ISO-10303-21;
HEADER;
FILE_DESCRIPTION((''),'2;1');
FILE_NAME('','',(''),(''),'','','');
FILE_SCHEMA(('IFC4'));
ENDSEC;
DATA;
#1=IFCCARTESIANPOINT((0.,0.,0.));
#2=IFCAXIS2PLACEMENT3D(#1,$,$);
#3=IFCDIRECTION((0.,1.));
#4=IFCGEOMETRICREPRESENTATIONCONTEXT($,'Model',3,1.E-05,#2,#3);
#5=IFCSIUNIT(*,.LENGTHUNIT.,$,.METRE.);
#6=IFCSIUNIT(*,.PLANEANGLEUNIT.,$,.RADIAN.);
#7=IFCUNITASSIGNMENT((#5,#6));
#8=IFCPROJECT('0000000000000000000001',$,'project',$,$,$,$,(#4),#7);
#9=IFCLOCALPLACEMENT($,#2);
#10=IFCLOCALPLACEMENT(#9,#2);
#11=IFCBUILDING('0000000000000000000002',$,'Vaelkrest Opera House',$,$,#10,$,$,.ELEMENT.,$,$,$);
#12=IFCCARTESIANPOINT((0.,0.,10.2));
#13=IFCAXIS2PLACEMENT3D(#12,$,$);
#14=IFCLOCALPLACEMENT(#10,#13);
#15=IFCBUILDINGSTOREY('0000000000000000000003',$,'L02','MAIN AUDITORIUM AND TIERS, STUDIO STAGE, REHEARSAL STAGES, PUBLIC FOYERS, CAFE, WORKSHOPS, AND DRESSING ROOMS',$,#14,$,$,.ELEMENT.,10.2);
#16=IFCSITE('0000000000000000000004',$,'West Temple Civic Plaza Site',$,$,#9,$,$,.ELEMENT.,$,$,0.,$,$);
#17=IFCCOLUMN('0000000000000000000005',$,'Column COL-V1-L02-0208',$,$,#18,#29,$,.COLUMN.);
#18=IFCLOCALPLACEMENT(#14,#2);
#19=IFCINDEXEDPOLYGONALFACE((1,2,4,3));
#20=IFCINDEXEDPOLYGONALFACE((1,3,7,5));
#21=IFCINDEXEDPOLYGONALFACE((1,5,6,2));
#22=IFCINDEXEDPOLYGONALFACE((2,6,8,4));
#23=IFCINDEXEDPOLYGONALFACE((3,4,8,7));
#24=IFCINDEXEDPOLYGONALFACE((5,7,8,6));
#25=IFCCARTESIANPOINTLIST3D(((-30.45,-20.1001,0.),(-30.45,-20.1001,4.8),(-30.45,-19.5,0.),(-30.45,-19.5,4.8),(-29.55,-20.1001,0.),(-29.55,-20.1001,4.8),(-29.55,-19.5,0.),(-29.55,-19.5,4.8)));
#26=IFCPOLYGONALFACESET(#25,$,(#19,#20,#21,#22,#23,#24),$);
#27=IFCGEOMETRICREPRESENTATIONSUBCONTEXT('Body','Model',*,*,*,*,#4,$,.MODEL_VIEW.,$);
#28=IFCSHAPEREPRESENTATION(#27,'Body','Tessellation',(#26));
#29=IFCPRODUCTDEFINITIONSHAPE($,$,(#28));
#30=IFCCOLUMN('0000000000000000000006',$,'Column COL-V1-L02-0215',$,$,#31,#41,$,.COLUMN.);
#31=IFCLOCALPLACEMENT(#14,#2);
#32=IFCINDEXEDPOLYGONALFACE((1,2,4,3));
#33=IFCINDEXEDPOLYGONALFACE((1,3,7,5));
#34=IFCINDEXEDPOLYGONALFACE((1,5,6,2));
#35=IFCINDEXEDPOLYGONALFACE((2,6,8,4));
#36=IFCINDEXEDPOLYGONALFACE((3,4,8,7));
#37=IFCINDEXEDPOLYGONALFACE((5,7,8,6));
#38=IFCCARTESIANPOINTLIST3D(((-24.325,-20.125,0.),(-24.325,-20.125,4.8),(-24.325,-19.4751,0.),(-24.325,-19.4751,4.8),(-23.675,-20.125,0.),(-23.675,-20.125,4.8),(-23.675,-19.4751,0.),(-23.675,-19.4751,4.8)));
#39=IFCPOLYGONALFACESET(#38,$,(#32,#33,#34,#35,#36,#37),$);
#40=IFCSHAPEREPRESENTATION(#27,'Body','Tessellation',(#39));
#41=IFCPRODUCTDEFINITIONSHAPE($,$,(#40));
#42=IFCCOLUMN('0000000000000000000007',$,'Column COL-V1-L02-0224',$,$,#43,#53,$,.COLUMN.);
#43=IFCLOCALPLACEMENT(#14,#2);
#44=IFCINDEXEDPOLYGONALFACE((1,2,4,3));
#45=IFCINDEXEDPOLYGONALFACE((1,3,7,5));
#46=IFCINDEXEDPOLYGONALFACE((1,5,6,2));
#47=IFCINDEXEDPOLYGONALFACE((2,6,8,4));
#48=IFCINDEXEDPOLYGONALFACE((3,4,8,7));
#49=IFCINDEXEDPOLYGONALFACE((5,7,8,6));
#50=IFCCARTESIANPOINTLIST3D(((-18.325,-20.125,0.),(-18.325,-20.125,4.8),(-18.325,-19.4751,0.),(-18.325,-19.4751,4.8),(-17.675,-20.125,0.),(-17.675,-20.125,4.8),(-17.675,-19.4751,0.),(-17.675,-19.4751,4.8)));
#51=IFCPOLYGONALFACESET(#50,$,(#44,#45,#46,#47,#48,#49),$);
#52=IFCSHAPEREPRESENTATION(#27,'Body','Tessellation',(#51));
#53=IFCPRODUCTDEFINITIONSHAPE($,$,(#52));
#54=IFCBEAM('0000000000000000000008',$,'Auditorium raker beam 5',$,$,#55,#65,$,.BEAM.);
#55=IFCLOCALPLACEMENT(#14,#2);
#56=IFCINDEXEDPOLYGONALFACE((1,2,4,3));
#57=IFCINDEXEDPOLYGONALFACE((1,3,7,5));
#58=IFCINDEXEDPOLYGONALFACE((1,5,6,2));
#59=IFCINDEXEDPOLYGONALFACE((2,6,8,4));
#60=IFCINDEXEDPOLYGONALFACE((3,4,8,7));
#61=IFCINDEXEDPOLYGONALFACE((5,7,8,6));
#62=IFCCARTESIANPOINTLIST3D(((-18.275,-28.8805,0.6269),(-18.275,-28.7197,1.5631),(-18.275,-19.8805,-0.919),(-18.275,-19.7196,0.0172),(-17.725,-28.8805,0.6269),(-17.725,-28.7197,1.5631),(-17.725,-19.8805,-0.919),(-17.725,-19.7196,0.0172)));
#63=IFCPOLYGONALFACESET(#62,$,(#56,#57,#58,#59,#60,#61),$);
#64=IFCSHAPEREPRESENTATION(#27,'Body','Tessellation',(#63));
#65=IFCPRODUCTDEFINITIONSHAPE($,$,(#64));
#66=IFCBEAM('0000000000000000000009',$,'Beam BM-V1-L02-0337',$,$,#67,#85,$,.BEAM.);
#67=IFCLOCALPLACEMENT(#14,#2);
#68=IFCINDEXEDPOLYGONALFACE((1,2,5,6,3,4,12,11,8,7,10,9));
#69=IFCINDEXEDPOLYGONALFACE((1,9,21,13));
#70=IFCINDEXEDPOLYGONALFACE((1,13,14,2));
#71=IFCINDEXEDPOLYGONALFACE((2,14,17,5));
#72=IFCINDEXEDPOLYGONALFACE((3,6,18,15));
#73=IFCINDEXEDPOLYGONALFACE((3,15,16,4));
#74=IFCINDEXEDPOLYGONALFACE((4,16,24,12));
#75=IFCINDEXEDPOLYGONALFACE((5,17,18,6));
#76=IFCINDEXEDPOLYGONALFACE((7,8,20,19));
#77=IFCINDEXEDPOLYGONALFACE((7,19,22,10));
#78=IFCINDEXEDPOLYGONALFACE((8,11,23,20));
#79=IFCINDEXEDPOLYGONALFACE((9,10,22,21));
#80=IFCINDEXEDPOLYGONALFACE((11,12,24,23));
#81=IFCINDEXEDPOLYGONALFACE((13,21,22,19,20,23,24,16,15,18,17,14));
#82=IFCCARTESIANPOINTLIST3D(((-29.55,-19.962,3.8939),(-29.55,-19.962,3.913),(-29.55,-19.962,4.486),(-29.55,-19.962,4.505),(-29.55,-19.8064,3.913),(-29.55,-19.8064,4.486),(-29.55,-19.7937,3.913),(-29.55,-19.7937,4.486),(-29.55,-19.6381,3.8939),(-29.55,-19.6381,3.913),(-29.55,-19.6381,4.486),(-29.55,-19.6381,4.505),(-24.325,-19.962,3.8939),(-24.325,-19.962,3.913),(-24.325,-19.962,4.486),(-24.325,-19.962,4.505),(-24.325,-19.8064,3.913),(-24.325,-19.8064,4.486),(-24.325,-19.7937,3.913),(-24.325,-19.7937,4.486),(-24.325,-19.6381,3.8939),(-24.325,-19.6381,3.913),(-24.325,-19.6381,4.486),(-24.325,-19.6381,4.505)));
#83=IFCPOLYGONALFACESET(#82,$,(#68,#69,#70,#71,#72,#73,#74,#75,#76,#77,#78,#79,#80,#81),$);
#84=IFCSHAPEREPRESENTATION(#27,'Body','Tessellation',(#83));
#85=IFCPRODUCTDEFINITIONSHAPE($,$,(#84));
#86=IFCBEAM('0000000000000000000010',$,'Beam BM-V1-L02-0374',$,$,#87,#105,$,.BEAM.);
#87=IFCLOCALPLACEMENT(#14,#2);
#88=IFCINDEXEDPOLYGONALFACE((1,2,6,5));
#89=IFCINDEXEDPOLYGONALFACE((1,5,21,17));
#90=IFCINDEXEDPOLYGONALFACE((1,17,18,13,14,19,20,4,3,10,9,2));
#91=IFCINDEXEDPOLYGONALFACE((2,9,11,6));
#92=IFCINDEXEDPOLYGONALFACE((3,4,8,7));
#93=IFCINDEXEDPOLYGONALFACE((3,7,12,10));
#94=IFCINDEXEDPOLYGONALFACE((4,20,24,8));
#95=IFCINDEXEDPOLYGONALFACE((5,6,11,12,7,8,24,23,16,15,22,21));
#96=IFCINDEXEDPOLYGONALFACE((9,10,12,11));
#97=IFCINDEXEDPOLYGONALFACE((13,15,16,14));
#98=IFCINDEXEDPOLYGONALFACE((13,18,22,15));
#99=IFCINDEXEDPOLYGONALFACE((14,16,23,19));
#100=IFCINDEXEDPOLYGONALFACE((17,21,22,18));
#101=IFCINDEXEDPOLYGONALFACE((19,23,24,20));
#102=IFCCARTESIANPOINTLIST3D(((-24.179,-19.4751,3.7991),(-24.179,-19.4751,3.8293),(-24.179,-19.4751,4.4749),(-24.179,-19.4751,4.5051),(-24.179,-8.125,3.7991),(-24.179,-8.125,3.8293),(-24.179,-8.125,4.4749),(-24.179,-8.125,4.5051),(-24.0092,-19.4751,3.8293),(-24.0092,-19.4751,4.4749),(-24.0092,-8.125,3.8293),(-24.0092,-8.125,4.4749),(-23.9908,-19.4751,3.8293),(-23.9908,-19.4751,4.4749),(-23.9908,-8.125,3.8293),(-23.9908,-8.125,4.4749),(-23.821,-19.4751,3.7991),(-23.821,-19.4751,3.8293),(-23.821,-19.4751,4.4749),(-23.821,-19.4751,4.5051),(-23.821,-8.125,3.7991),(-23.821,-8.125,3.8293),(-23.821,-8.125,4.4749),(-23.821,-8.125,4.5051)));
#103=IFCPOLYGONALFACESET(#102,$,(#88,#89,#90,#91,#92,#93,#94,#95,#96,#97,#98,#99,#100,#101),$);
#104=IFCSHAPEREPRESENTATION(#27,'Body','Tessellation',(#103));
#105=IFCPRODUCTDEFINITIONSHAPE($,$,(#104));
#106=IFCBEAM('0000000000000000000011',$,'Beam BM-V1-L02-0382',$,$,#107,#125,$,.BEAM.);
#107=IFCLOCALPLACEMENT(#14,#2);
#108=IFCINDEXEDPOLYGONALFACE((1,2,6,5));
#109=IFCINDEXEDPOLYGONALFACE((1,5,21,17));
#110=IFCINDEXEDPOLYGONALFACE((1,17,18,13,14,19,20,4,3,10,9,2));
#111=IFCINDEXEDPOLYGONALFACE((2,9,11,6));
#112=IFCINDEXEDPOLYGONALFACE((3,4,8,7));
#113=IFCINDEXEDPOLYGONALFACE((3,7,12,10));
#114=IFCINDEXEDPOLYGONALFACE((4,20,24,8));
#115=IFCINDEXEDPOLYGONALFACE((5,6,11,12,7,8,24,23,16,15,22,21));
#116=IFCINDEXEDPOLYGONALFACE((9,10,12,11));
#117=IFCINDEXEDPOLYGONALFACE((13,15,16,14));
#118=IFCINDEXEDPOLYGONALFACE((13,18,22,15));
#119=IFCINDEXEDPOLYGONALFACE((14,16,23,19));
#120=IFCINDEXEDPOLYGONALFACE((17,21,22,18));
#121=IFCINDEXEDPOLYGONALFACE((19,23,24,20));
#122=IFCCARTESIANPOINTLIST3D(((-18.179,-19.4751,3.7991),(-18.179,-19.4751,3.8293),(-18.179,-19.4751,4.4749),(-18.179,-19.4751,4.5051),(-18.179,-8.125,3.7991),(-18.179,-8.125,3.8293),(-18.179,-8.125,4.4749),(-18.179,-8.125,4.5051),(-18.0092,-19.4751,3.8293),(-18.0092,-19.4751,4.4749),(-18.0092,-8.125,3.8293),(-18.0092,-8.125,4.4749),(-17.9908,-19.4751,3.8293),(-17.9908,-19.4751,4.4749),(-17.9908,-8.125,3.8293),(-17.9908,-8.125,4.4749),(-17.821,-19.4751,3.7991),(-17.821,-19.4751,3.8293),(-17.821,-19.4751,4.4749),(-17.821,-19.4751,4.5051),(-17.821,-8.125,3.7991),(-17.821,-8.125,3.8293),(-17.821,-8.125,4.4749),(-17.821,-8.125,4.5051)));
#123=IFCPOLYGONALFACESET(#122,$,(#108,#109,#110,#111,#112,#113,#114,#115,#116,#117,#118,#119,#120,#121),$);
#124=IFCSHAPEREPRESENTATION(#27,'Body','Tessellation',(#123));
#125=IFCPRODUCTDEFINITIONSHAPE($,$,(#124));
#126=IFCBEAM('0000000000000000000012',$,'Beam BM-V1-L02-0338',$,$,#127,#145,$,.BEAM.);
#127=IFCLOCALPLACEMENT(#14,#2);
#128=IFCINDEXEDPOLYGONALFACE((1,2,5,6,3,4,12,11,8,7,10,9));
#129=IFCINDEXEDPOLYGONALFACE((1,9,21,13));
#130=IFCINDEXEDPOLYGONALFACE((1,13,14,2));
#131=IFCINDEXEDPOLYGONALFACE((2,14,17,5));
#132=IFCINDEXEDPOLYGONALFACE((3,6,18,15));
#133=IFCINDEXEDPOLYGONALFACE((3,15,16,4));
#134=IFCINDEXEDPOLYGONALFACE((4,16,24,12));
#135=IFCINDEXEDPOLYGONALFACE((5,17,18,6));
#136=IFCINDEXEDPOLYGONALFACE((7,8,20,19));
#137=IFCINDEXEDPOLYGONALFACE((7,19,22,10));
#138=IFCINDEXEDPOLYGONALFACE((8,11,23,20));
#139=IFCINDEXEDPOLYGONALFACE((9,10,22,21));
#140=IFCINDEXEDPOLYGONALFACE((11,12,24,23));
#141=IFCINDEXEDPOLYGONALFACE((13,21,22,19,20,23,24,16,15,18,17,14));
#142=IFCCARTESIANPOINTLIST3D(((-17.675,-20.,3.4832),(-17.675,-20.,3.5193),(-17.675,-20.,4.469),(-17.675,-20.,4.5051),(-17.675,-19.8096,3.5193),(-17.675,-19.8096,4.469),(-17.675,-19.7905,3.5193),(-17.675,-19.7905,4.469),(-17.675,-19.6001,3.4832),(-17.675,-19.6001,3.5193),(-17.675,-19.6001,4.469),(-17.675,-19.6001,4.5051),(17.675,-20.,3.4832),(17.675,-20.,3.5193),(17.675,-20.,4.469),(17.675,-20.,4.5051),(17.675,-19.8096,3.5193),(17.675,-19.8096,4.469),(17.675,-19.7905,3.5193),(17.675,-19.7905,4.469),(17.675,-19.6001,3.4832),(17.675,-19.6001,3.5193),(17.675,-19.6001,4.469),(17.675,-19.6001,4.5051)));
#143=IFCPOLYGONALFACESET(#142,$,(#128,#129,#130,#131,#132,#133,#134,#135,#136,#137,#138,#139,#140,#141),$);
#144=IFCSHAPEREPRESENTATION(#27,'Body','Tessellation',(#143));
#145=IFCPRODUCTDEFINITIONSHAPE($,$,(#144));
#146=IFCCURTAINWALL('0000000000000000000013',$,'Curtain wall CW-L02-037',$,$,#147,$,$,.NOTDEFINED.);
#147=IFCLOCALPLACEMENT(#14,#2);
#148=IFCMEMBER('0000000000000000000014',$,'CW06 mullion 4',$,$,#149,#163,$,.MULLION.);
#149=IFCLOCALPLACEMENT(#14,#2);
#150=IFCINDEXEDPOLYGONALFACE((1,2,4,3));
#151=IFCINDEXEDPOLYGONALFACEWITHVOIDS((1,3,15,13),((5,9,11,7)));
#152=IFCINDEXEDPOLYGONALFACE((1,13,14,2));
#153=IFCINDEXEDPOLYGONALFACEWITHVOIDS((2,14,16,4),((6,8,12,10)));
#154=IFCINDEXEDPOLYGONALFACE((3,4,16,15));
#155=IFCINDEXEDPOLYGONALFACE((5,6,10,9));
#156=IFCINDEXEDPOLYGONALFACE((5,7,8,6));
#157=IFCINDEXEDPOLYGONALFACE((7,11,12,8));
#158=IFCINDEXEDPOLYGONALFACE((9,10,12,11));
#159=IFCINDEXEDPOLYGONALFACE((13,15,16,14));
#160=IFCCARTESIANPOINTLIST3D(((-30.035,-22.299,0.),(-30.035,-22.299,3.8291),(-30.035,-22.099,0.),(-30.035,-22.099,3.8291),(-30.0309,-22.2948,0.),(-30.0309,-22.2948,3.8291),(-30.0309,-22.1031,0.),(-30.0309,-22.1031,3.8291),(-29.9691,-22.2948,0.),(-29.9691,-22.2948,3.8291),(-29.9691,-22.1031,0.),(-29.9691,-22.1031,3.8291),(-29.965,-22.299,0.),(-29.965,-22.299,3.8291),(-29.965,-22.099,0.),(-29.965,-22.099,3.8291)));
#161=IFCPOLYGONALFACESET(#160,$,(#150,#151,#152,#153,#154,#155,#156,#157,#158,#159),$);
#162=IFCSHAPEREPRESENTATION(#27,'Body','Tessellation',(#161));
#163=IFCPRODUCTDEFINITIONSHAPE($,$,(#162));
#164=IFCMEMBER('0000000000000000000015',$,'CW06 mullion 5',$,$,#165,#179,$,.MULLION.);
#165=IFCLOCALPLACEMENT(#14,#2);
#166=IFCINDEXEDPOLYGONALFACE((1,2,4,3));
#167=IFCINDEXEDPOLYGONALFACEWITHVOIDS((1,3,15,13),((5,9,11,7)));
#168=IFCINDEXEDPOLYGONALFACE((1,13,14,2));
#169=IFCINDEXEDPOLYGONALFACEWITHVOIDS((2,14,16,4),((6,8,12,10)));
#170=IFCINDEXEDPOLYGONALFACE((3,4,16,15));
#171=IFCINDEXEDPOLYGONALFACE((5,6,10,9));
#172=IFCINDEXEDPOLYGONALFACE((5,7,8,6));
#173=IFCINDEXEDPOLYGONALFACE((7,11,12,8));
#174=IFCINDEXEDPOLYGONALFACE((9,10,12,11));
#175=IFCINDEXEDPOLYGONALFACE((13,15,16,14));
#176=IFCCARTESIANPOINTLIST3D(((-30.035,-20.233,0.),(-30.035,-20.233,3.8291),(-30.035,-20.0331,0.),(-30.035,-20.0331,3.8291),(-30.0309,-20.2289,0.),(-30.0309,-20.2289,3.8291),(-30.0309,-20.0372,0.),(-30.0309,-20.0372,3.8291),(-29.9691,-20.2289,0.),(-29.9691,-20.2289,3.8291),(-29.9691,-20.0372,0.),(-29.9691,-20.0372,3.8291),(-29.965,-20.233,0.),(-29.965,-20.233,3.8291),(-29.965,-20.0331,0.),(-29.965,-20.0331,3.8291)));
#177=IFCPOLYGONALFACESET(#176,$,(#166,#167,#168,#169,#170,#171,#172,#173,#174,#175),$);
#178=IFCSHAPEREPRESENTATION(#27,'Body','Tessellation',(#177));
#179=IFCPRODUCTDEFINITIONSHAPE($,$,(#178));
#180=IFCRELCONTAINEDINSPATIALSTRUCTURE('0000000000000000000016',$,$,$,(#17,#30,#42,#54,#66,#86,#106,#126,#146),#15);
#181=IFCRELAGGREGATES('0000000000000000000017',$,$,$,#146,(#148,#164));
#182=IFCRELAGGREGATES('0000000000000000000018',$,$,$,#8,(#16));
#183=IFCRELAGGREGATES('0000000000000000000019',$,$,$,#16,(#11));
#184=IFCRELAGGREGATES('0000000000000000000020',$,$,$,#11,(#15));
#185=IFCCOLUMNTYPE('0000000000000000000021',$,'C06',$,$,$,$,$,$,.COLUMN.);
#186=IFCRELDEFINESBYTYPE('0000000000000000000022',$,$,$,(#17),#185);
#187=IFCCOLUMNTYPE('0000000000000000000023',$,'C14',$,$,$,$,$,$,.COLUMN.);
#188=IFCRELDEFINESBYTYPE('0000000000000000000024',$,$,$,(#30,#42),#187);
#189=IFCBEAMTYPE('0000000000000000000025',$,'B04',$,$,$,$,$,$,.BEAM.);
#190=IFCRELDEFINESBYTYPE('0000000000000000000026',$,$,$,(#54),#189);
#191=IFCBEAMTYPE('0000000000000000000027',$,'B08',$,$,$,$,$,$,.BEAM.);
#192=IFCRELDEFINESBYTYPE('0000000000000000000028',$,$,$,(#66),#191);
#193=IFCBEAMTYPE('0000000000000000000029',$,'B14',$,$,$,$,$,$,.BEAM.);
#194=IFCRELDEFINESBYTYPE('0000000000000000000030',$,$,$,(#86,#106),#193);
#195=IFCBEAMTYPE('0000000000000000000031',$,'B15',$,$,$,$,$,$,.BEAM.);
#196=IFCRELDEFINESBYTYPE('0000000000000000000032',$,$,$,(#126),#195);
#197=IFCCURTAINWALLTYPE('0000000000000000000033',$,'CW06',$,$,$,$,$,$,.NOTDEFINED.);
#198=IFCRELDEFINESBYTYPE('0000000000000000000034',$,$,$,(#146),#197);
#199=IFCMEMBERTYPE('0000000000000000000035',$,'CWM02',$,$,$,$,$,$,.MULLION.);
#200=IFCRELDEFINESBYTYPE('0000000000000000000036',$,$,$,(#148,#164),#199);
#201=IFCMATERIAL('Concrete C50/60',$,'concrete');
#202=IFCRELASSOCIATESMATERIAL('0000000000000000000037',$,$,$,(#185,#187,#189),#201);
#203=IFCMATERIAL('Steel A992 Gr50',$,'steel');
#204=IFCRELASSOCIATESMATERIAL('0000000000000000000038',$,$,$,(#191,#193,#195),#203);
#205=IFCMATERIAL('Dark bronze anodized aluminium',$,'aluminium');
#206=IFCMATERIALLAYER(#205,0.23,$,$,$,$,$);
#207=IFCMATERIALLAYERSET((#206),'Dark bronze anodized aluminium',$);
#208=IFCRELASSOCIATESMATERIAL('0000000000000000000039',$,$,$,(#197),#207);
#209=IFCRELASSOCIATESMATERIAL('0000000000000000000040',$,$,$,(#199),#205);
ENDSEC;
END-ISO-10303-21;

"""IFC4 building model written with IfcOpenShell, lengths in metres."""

from ifc_helpers import new_model, si_unit, direction, frame, origin, origin_2d, place, context, subcontext, project, spatial, rectangle, hollow_rectangle, i_section, extrude, material, layer, layer_set, material_profile, profile_set, type_object, element, aggregate, save


model = new_model("IFC4")

# Units and contexts
model_context = context("Model", 3, precision=1e-05, world=origin(), true_north=direction((0.0, 1.0)))
body_context = subcontext(model_context, "Body", "Model", "MODEL_VIEW")
ifc_project = project(units=[si_unit("LENGTHUNIT", "METRE"), si_unit("PLANEANGLEUNIT", "RADIAN")], contexts=[model_context])

# Site, building, storey
site_placement = place(None, origin())
site = spatial("IfcSite", under=ifc_project, at=site_placement, Name="West Temple Civic Plaza Site", CompositionType="ELEMENT", RefElevation=0.0)
building_placement = place(site_placement, origin())
building = spatial("IfcBuilding", under=site, at=building_placement, Name="Vaelkrest Opera House", CompositionType="ELEMENT")
storey_placement = place(building_placement, frame((0.0, 0.0, 10.2)))
storey = spatial("IfcBuildingStorey", under=building, at=storey_placement, Name="L02", Description="MAIN AUDITORIUM AND TIERS, STUDIO STAGE, REHEARSAL STAGES, PUBLIC FOYERS, CAFE, WORKSHOPS, AND DRESSING ROOMS", CompositionType="ELEMENT", Elevation=10.2)

# Columns
ifc_material_1 = material(Name="Concrete C50/60", Category="concrete")
ifc_material_profile_1 = material_profile(ifc_material_1, rectangle(XDim=0.6001, YDim=0.8999, at=origin_2d()), Name="RC600X900")
ifc_profile_set_1 = profile_set([ifc_material_profile_1], Name="Concrete C50/60")
column_type_1 = type_object("IfcColumnType", Name="C06", PredefinedType="COLUMN", material=ifc_profile_set_1)
column_placement = place(storey_placement, frame((-30.0, -19.8, 0.0), z_axis=(0.0, 0.0, 1.0), x_axis=(0.0, 1.0, 0.0)))
element("IfcColumn", 1, at=column_placement, inside=storey, type_object=column_type_1, Name="Column COL-V1-L02-0208", PredefinedType="COLUMN", context=body_context, shape_type="SweptSolid", body=[
    extrude(rectangle(XDim=0.6001, YDim=0.8999, at=origin_2d()), origin(), (0.0, 0.0, 1.0), 4.8),
])
ifc_material_profile_2 = material_profile(ifc_material_1, rectangle(XDim=0.6499, YDim=0.6499, at=origin_2d()), Name="RC650X650")
ifc_profile_set_2 = profile_set([ifc_material_profile_2], Name="Concrete C50/60")
column_type_2 = type_object("IfcColumnType", Name="C14", PredefinedType="COLUMN", material=ifc_profile_set_2)
for number, where, z_axis, x_axis, name in (
    (2, (-24.0, -19.8, 0.0), (0.0, 0.0, 1.0), (1.0, 0.0, 0.0), "Column COL-V1-L02-0215"),
    (3, (-18.0, -19.8, 0.0), (0.0, 0.0, 1.0), (1.0, 0.0, 0.0), "Column COL-V1-L02-0224"),
):
    element("IfcColumn", number, at=place(storey_placement, frame(where, z_axis=z_axis, x_axis=x_axis)), inside=storey, type_object=column_type_2, Name=name, PredefinedType="COLUMN", context=body_context, shape_type="SweptSolid", body=[
        extrude(rectangle(XDim=0.6499, YDim=0.6499, at=origin_2d()), origin(), (0.0, 0.0, 1.0), 4.8),
    ])

# Beams
ifc_material_profile_3 = material_profile(ifc_material_1, rectangle(XDim=0.55, YDim=0.95, at=origin_2d()), Name="RCB550X950")
ifc_profile_set_3 = profile_set([ifc_material_profile_3], Name="Concrete C50/60")
beam_type_1 = type_object("IfcBeamType", Name="B04", PredefinedType="BEAM", material=ifc_profile_set_3)
beam_1_placement = place(storey_placement, frame((-18.0, -19.8, -0.4509), z_axis=(0.0, -0.985567, 0.169287), x_axis=(1.0, 0.0, 0.0)))
element("IfcBeam", 4, at=beam_1_placement, inside=storey, type_object=beam_type_1, Name="Auditorium raker beam 5", PredefinedType="BEAM", context=body_context, shape_type="SweptSolid", body=[
    extrude(rectangle(XDim=0.55, YDim=0.95, at=origin_2d()), origin(), (0.0, 0.0, 1.0), 9.1318),
])
ifc_material_2 = material(Name="Steel A992 Gr50", Category="steel")
ifc_material_profile_4 = material_profile(ifc_material_2, i_section(OverallWidth=0.324, OverallDepth=0.6111, WebThickness=0.0127, FlangeThickness=0.019, at=origin_2d()), Name="W24X104")
ifc_profile_set_4 = profile_set([ifc_material_profile_4], Name="Steel A992 Gr50")
beam_type_2 = type_object("IfcBeamType", Name="B08", PredefinedType="BEAM", material=ifc_profile_set_4)
beam_2_placement = place(storey_placement, frame((-29.55, -19.8, 4.1995), z_axis=(1.0, 0.0, 0.0), x_axis=(0.0, 1.0, 0.0)))
element("IfcBeam", 5, at=beam_2_placement, inside=storey, type_object=beam_type_2, Name="Beam BM-V1-L02-0337", PredefinedType="BEAM", context=body_context, shape_type="SweptSolid", body=[
    extrude(i_section(OverallWidth=0.324, OverallDepth=0.6111, WebThickness=0.0127, FlangeThickness=0.019, at=origin_2d()), origin(), (0.0, 0.0, 1.0), 5.2251),
])
ifc_material_profile_5 = material_profile(ifc_material_2, i_section(OverallWidth=0.3579, OverallDepth=0.7061, WebThickness=0.0183, FlangeThickness=0.0303, at=origin_2d()), Name="W27X178")
ifc_profile_set_5 = profile_set([ifc_material_profile_5], Name="Steel A992 Gr50")
beam_type_3 = type_object("IfcBeamType", Name="B14", PredefinedType="BEAM", material=ifc_profile_set_5)
for number, where, z_axis, x_axis, name in (
    (6, (-24.0, -19.4751, 4.1521), (0.0, 1.0, 0.0), (-1.0, 0.0, 0.0), "Beam BM-V1-L02-0374"),
    (7, (-18.0, -19.4751, 4.1521), (0.0, 1.0, 0.0), (-1.0, 0.0, 0.0), "Beam BM-V1-L02-0382"),
):
    element("IfcBeam", number, at=place(storey_placement, frame(where, z_axis=z_axis, x_axis=x_axis)), inside=storey, type_object=beam_type_3, Name=name, PredefinedType="BEAM", context=body_context, shape_type="SweptSolid", body=[
        extrude(i_section(OverallWidth=0.3579, OverallDepth=0.7061, WebThickness=0.0183, FlangeThickness=0.0303, at=origin_2d()), origin(), (0.0, 0.0, 1.0), 11.3501),
    ])
ifc_material_profile_6 = material_profile(ifc_material_2, i_section(OverallWidth=0.3999, OverallDepth=1.022, WebThickness=0.019, FlangeThickness=0.0361, at=origin_2d()), Name="W40X249")
ifc_profile_set_6 = profile_set([ifc_material_profile_6], Name="Steel A992 Gr50")
beam_type_4 = type_object("IfcBeamType", Name="B15", PredefinedType="BEAM", material=ifc_profile_set_6)
beam_3_placement = place(storey_placement, frame((-17.675, -19.8, 3.9941), z_axis=(1.0, 0.0, 0.0), x_axis=(0.0, 1.0, 0.0)))
element("IfcBeam", 8, at=beam_3_placement, inside=storey, type_object=beam_type_4, Name="Beam BM-V1-L02-0338", PredefinedType="BEAM", context=body_context, shape_type="SweptSolid", body=[
    extrude(i_section(OverallWidth=0.3999, OverallDepth=1.022, WebThickness=0.019, FlangeThickness=0.0361, at=origin_2d()), origin(), (0.0, 0.0, 1.0), 35.3501),
])

# Curtain wall, members
ifc_material_3 = material(Name="Dark bronze anodized aluminium", Category="aluminium")
ifc_layer_1 = layer(ifc_material_3, 0.23)
ifc_layer_set_1 = layer_set([ifc_layer_1], Name="Dark bronze anodized aluminium")
curtain_wall_type = type_object("IfcCurtainWallType", Name="CW06", PredefinedType="NOTDEFINED", material=ifc_layer_set_1)
curtain_wall_placement = place(storey_placement, origin())
curtain_wall = element("IfcCurtainWall", 9, at=curtain_wall_placement, inside=storey, type_object=curtain_wall_type, Name="Curtain wall CW-L02-037", PredefinedType="NOTDEFINED")
ifc_material_profile_7 = material_profile(ifc_material_3, hollow_rectangle(XDim=0.0701, YDim=0.2, WallThickness=0.0042, at=origin_2d()), Name="CWM70X200")
ifc_profile_set_7 = profile_set([ifc_material_profile_7], Name="Dark bronze anodized aluminium")
member_type_1 = type_object("IfcMemberType", Name="CWM02", PredefinedType="MULLION", material=ifc_profile_set_7)
member_1_placement = place(storey_placement, frame((-30.0, -22.199, 0.0), z_axis=(0.0, 0.0, 1.0), x_axis=(-1.0, 0.0, 0.0)))
member_1 = element("IfcMember", 10, at=member_1_placement, type_object=member_type_1, Name="CW06 mullion 4", PredefinedType="MULLION", context=body_context, shape_type="SweptSolid", body=[
    extrude(hollow_rectangle(XDim=0.0701, YDim=0.2, WallThickness=0.0042, at=origin_2d()), origin(), (0.0, 0.0, 1.0), 3.8291),
])
member_2_placement = place(storey_placement, frame((-30.0, -20.1331, 0.0), z_axis=(0.0, 0.0, 1.0), x_axis=(-1.0, 0.0, 0.0)))
member_2 = element("IfcMember", 11, at=member_2_placement, type_object=member_type_1, Name="CW06 mullion 5", PredefinedType="MULLION", context=body_context, shape_type="SweptSolid", body=[
    extrude(hollow_rectangle(XDim=0.0701, YDim=0.2, WallThickness=0.0042, at=origin_2d()), origin(), (0.0, 0.0, 1.0), 3.8291),
])

aggregate(curtain_wall, [member_1, member_2])

save(model, "model.ifc")
